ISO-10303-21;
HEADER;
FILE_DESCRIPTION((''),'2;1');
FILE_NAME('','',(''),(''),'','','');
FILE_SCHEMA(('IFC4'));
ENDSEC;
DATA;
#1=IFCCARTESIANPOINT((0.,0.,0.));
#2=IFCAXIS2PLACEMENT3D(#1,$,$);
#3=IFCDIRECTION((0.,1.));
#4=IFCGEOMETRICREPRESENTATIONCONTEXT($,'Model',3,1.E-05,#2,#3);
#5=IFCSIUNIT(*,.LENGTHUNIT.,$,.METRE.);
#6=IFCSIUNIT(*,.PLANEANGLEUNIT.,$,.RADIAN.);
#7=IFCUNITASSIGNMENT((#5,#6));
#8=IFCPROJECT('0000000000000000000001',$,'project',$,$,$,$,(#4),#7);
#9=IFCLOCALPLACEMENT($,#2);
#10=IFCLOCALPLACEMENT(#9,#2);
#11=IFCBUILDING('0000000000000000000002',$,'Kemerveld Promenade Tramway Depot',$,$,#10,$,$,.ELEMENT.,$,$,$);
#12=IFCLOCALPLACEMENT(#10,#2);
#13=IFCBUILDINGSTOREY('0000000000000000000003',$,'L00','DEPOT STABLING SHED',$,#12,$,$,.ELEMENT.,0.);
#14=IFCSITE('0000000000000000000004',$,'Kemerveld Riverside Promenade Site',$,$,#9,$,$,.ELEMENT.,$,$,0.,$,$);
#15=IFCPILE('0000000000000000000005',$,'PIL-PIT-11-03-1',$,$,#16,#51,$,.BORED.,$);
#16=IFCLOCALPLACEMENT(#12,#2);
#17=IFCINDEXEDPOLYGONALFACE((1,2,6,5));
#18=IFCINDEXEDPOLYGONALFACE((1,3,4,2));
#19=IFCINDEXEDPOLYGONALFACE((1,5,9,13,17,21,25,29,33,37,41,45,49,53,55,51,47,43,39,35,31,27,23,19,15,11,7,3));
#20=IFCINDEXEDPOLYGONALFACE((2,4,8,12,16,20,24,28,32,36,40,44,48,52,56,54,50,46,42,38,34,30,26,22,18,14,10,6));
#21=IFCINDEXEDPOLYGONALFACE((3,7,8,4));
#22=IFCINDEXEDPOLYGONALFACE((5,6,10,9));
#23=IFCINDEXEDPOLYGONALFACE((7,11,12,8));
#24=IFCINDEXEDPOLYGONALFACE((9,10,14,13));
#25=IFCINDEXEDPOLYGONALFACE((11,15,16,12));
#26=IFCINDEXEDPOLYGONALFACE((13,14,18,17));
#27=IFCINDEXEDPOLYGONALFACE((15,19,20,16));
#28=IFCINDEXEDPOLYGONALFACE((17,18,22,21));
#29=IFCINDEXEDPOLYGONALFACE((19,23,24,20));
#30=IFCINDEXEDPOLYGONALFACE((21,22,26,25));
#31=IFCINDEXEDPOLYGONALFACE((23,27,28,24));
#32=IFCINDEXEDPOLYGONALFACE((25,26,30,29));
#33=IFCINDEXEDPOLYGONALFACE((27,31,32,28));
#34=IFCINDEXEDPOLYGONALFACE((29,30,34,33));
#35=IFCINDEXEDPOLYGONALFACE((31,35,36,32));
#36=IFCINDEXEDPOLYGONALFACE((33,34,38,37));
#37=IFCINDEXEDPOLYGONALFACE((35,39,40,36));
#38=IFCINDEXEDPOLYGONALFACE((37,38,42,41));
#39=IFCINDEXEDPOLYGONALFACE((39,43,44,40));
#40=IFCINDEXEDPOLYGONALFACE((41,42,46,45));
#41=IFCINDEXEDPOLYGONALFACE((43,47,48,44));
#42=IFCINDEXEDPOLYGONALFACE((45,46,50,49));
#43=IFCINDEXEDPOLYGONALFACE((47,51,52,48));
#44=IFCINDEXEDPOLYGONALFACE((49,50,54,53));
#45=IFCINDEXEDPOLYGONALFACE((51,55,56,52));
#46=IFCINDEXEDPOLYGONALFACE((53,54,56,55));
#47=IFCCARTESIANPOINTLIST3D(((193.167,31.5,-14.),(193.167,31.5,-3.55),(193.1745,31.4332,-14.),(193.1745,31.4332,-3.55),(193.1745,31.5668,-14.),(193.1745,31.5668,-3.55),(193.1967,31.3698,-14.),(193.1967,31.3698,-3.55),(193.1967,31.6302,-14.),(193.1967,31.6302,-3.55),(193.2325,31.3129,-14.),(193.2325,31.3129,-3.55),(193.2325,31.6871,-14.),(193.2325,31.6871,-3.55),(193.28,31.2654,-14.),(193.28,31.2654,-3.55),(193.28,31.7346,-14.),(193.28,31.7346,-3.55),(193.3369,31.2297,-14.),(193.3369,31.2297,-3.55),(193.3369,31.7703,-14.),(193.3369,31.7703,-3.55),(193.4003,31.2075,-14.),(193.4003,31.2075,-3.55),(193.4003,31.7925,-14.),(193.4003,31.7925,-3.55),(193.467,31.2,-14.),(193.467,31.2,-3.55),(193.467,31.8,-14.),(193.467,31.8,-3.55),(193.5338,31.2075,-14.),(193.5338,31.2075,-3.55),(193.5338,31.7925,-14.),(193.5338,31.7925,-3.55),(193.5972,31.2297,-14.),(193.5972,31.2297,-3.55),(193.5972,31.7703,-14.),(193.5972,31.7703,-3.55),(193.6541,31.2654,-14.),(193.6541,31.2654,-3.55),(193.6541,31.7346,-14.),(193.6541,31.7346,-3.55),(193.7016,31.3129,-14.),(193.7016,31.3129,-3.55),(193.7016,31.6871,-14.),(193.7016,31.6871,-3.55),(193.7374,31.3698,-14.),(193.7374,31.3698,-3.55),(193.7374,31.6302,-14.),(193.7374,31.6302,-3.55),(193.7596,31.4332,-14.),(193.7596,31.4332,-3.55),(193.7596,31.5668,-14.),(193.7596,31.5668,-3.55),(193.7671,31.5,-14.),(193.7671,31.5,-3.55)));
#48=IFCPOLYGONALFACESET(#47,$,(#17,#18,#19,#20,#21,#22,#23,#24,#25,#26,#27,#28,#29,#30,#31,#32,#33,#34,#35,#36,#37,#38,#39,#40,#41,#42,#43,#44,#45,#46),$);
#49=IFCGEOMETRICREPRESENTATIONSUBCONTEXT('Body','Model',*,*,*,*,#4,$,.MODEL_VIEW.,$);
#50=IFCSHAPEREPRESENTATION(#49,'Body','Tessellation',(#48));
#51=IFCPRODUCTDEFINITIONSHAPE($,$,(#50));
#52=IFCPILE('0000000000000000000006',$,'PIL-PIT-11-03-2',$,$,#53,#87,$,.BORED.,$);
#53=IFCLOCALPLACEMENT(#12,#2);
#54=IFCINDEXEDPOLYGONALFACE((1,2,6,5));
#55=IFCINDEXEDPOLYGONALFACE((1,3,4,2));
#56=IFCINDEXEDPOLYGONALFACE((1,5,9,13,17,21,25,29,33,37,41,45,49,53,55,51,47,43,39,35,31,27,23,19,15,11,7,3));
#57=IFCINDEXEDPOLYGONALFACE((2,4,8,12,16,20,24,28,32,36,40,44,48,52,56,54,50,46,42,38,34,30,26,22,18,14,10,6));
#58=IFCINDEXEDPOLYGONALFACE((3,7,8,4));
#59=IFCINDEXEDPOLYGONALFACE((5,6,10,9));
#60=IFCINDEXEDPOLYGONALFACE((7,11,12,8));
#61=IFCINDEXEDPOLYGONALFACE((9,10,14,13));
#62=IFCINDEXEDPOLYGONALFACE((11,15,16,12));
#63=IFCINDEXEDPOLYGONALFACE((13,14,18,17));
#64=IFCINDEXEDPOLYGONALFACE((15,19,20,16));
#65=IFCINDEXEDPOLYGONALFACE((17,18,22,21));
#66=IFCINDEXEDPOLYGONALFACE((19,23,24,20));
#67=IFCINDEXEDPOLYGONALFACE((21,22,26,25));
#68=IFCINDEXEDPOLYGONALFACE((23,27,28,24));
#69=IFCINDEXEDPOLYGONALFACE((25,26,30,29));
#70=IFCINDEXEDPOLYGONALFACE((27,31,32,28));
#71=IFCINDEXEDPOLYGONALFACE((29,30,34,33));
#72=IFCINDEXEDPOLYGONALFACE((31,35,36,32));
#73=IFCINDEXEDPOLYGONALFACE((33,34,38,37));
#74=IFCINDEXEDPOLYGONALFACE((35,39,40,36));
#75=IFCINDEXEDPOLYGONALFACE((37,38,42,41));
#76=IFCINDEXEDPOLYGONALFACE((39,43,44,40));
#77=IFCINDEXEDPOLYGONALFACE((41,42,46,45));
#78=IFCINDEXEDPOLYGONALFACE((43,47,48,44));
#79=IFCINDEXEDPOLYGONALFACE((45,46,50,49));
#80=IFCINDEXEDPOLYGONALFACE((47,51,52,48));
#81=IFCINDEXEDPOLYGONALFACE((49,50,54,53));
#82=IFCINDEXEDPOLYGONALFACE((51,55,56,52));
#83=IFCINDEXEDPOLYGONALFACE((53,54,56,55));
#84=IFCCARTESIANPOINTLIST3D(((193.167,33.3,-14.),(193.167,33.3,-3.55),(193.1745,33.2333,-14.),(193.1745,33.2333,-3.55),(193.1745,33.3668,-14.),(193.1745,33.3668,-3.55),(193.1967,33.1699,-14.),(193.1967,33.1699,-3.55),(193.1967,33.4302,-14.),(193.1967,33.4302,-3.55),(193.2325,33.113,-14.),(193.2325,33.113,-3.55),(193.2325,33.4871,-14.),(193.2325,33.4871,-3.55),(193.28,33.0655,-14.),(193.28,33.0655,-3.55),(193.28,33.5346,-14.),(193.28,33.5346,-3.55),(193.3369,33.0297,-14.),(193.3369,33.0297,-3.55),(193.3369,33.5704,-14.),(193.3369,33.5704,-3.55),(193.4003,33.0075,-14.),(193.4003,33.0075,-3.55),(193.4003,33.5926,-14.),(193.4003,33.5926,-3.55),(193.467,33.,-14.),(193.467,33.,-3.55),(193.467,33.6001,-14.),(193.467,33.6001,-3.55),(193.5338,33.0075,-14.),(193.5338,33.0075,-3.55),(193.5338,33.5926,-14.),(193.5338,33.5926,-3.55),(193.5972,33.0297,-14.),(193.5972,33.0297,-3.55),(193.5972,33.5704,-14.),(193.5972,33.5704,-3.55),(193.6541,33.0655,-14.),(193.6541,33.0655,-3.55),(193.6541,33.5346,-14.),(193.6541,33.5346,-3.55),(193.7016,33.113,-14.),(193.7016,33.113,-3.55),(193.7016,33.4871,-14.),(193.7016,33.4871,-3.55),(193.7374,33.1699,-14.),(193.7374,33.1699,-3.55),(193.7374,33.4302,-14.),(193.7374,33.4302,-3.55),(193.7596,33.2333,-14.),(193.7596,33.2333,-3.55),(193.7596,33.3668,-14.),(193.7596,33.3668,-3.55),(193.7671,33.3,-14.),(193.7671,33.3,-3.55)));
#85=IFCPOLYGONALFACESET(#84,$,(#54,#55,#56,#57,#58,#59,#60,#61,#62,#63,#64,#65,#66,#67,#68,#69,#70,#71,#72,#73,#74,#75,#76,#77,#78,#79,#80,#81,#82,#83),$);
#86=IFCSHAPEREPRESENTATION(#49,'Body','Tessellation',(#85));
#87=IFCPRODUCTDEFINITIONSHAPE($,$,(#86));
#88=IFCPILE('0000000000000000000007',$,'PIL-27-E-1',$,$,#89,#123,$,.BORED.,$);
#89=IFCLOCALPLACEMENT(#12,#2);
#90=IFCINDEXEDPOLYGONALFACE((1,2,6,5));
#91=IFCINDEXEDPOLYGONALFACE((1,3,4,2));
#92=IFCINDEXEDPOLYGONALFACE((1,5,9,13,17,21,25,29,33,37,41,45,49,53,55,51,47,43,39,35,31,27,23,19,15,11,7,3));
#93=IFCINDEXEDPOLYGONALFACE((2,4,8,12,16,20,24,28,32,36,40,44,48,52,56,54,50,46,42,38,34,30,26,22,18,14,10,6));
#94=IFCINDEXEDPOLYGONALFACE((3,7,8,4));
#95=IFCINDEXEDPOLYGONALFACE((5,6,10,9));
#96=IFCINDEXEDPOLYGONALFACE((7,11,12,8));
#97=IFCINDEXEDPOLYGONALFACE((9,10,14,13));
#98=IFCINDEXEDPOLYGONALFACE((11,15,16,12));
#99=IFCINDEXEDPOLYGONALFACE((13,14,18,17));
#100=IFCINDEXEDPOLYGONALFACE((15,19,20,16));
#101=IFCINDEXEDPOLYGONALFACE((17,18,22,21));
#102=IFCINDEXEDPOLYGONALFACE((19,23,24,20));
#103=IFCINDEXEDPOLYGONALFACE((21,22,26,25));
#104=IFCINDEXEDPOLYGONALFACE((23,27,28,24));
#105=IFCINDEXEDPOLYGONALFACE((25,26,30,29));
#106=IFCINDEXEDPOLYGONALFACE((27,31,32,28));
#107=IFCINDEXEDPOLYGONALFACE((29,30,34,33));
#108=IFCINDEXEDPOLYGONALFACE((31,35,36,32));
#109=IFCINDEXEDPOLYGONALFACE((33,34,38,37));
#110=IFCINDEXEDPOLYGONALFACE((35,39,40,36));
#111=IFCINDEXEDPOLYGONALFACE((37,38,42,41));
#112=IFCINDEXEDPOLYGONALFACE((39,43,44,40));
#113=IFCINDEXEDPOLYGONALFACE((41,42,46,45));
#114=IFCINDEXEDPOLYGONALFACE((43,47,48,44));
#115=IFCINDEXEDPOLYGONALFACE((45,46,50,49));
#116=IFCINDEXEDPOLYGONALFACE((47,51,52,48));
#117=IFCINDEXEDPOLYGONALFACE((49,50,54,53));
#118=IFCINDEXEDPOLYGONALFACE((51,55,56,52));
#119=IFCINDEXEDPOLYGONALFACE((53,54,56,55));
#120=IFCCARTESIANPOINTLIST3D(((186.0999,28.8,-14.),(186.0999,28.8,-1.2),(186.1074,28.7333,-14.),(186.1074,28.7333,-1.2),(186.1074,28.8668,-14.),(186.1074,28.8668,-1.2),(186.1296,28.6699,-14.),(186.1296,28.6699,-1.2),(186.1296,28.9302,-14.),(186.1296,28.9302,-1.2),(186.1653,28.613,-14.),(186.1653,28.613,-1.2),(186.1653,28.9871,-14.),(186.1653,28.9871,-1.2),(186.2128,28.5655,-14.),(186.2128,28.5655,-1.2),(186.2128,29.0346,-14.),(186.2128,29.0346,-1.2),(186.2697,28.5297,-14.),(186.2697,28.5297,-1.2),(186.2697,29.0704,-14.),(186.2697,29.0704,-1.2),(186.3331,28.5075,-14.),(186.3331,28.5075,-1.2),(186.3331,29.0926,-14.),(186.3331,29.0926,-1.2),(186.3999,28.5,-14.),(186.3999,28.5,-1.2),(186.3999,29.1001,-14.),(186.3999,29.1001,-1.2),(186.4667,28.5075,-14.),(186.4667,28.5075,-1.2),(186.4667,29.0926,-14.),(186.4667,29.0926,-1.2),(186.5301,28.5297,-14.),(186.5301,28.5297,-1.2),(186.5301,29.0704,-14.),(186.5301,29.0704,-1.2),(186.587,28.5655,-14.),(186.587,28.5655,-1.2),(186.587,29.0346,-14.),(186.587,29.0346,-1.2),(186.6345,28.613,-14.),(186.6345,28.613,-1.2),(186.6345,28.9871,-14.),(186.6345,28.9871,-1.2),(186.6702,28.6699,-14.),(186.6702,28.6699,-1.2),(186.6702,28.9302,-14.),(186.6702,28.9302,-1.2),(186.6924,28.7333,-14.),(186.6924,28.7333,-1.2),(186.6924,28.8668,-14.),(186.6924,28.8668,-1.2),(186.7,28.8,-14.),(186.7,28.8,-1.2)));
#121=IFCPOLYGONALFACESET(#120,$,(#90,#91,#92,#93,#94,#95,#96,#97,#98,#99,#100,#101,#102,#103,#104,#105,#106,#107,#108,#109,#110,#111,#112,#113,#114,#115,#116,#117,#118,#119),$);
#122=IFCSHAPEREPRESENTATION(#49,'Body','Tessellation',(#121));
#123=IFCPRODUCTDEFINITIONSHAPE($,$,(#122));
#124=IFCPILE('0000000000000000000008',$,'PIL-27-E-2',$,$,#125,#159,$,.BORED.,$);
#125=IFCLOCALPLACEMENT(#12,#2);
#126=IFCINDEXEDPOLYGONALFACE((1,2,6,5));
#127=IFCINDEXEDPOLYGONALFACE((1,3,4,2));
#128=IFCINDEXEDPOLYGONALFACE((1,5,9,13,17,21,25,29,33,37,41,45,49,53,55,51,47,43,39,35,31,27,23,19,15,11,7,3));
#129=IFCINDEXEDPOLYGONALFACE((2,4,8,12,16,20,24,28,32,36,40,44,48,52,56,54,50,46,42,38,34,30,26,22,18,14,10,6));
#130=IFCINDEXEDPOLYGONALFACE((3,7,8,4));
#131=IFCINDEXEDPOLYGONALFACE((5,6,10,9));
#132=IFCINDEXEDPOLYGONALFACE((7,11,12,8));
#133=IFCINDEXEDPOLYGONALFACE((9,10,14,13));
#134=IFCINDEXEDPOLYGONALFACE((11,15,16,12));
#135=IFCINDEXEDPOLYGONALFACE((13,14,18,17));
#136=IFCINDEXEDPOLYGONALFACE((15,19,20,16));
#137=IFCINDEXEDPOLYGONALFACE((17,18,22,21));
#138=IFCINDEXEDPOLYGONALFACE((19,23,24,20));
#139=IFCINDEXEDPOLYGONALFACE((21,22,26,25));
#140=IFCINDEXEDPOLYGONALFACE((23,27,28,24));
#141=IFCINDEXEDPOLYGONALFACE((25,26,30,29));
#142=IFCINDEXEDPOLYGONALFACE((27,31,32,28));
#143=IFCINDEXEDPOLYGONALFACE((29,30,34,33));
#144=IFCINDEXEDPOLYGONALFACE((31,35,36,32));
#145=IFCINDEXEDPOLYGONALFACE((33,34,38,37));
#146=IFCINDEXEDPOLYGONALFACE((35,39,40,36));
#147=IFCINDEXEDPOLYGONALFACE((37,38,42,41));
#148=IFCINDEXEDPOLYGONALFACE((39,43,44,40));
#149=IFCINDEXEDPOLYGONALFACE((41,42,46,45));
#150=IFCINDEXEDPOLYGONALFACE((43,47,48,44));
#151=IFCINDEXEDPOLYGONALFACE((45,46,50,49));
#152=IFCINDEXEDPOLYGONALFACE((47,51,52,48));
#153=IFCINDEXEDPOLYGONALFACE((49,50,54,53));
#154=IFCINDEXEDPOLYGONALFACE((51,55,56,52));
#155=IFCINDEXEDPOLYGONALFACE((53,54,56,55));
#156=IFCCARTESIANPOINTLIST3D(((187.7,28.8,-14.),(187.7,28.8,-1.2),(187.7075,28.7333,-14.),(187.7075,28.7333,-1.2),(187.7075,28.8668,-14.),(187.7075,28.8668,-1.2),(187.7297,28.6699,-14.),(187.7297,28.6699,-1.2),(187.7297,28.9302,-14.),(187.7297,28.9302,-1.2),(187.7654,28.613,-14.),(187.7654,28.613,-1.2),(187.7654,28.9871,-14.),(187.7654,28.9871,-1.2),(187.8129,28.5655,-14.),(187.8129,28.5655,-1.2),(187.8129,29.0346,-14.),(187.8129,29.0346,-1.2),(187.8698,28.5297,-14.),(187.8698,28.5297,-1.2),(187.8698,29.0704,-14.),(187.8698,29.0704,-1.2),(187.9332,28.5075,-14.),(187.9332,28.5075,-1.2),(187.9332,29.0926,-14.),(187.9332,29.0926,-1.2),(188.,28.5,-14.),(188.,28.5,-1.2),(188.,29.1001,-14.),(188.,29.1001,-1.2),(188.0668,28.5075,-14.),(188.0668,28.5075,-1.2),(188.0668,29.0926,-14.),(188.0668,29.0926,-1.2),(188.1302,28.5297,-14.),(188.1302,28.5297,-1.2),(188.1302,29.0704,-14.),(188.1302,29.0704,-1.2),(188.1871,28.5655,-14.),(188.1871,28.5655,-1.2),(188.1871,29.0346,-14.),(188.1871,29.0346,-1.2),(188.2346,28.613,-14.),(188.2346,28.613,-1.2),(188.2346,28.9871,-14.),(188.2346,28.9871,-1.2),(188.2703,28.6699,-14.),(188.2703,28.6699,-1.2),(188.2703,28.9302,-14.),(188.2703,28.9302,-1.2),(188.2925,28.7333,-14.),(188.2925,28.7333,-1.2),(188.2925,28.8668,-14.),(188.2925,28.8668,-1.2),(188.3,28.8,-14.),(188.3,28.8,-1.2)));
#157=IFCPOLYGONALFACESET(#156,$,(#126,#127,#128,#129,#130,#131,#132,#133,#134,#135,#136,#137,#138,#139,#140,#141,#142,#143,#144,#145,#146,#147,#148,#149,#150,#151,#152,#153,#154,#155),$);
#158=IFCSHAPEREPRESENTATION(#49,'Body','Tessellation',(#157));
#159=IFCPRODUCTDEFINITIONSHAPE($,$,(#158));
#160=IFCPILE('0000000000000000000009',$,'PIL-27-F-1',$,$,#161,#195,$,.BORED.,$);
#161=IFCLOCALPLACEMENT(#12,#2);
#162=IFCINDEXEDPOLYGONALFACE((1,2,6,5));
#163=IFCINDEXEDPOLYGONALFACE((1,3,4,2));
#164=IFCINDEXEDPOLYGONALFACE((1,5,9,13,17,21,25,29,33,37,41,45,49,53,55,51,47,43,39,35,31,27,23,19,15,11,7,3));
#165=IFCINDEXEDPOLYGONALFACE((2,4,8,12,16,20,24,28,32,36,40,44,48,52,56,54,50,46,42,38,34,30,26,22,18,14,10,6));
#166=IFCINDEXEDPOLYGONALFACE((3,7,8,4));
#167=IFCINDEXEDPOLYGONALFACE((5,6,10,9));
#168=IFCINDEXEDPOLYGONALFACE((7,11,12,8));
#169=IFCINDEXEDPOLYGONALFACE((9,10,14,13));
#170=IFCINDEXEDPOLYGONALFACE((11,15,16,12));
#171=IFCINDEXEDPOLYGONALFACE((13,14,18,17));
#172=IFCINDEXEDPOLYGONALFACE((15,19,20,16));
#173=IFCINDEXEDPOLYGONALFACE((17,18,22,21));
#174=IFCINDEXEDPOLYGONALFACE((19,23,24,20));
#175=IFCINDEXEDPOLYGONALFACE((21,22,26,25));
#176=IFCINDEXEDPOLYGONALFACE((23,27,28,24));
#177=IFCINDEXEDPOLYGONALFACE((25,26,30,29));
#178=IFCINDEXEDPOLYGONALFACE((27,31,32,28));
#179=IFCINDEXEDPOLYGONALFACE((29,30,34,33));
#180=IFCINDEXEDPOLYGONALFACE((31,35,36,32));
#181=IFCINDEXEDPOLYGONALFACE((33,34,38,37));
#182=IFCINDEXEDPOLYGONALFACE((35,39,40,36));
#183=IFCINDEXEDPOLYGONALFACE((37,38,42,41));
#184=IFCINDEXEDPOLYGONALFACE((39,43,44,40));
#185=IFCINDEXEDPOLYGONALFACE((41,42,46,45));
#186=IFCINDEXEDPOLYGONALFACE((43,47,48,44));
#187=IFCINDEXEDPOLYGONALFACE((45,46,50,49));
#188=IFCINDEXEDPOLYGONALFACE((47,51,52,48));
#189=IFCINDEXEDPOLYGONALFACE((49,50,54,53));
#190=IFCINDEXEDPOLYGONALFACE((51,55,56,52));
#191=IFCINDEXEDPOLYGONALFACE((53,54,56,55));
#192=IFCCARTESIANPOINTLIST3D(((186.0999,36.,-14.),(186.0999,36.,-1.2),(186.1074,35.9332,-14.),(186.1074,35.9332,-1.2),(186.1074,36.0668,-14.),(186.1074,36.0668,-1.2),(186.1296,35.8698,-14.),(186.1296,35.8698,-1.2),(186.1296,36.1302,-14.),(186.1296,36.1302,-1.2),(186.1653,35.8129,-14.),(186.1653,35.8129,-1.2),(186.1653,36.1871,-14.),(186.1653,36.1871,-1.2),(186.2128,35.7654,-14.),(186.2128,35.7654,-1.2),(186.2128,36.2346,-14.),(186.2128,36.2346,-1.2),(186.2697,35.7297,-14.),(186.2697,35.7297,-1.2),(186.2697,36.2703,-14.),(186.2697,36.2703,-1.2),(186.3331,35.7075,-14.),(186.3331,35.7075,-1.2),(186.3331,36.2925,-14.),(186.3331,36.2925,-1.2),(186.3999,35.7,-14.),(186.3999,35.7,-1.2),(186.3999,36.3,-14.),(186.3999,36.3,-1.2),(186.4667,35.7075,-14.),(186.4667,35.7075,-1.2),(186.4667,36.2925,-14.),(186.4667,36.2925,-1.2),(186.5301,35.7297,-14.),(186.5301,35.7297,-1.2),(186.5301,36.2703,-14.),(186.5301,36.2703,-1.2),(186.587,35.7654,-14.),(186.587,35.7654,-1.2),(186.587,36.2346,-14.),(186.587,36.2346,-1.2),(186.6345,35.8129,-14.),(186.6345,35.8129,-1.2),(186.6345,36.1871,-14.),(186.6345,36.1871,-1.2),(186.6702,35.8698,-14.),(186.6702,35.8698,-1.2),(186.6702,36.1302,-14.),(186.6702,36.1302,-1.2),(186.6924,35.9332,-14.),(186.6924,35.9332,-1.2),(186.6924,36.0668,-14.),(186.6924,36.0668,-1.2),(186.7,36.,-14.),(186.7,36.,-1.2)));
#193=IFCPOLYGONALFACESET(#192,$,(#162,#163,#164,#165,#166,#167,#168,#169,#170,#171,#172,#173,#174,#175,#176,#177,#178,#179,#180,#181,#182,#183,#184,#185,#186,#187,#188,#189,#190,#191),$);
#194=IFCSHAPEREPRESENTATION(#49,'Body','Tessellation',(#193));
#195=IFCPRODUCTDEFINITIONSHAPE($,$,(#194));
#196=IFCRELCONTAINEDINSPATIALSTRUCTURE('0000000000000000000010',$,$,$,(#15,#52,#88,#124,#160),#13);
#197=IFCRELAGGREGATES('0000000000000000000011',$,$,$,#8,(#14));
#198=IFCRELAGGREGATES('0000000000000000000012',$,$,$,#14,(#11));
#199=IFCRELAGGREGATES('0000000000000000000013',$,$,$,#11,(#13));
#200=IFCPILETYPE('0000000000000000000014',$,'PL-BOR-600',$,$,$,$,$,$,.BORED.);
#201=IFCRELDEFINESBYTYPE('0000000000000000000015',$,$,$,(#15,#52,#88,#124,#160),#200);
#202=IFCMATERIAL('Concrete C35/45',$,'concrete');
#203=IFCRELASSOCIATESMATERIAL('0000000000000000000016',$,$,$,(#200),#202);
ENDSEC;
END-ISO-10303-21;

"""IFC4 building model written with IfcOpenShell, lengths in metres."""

from ifc_helpers import new_model, si_unit, direction, frame, origin, origin_2d, place, context, subcontext, project, spatial, circle, extrude, material, material_profile, profile_set, type_object, element, save


model = new_model("IFC4")

# Units and contexts
model_context = context("Model", 3, precision=1e-05, world=origin(), true_north=direction((0.0, 1.0)))
body_context = subcontext(model_context, "Body", "Model", "MODEL_VIEW")
ifc_project = project(units=[si_unit("LENGTHUNIT", "METRE"), si_unit("PLANEANGLEUNIT", "RADIAN")], contexts=[model_context])

# Site, building, storey
site_placement = place(None, origin())
site = spatial("IfcSite", under=ifc_project, at=site_placement, Name="Kemerveld Riverside Promenade Site", CompositionType="ELEMENT", RefElevation=0.0)
building_placement = place(site_placement, origin())
building = spatial("IfcBuilding", under=site, at=building_placement, Name="Kemerveld Promenade Tramway Depot", CompositionType="ELEMENT")
storey_placement = place(building_placement, origin())
storey = spatial("IfcBuildingStorey", under=building, at=storey_placement, Name="L00", Description="DEPOT STABLING SHED", CompositionType="ELEMENT", Elevation=0.0)

# Shared definitions
ifc_material_1 = material(Name="Concrete C35/45", Category="concrete")

# Piles
ifc_material_profile_1 = material_profile(ifc_material_1, circle(Radius=0.3, at=origin_2d()), Name="PILE-D600")
ifc_profile_set_1 = profile_set([ifc_material_profile_1], Name="Concrete C35/45")
pile_type_1 = type_object("IfcPileType", Name="PL-BOR-600", PredefinedType="BORED", material=ifc_profile_set_1)
for number, where, z_axis, x_axis, name in (
    (1, (193.467, 31.5, -3.55), (0.0, 0.0, -1.0), (1.0, 0.0, 0.0), "PIL-PIT-11-03-1"),
    (2, (193.467, 33.3, -3.55), (0.0, 0.0, -1.0), (1.0, 0.0, 0.0), "PIL-PIT-11-03-2"),
):
    element("IfcPile", number, at=place(storey_placement, frame(where, z_axis=z_axis, x_axis=x_axis)), inside=storey, type_object=pile_type_1, Name=name, PredefinedType="BORED", context=body_context, shape_type="SweptSolid", body=[
        extrude(circle(Radius=0.3, at=origin_2d()), origin(), (0.0, 0.0, 1.0), 10.45),
    ])
for number, where, z_axis, x_axis, name in (
    (3, (186.3999, 28.8, -1.2), (0.0, 0.0, -1.0), (1.0, 0.0, 0.0), "PIL-27-E-1"),
    (4, (188.0, 28.8, -1.2), (0.0, 0.0, -1.0), (1.0, 0.0, 0.0), "PIL-27-E-2"),
    (5, (186.3999, 36.0, -1.2), (0.0, 0.0, -1.0), (1.0, 0.0, 0.0), "PIL-27-F-1"),
):
    element("IfcPile", number, at=place(storey_placement, frame(where, z_axis=z_axis, x_axis=x_axis)), inside=storey, type_object=pile_type_1, Name=name, PredefinedType="BORED", context=body_context, shape_type="SweptSolid", body=[
        extrude(circle(Radius=0.3, at=origin_2d()), origin(), (0.0, 0.0, 1.0), 12.8),
    ])

save(model, "model.ifc")
